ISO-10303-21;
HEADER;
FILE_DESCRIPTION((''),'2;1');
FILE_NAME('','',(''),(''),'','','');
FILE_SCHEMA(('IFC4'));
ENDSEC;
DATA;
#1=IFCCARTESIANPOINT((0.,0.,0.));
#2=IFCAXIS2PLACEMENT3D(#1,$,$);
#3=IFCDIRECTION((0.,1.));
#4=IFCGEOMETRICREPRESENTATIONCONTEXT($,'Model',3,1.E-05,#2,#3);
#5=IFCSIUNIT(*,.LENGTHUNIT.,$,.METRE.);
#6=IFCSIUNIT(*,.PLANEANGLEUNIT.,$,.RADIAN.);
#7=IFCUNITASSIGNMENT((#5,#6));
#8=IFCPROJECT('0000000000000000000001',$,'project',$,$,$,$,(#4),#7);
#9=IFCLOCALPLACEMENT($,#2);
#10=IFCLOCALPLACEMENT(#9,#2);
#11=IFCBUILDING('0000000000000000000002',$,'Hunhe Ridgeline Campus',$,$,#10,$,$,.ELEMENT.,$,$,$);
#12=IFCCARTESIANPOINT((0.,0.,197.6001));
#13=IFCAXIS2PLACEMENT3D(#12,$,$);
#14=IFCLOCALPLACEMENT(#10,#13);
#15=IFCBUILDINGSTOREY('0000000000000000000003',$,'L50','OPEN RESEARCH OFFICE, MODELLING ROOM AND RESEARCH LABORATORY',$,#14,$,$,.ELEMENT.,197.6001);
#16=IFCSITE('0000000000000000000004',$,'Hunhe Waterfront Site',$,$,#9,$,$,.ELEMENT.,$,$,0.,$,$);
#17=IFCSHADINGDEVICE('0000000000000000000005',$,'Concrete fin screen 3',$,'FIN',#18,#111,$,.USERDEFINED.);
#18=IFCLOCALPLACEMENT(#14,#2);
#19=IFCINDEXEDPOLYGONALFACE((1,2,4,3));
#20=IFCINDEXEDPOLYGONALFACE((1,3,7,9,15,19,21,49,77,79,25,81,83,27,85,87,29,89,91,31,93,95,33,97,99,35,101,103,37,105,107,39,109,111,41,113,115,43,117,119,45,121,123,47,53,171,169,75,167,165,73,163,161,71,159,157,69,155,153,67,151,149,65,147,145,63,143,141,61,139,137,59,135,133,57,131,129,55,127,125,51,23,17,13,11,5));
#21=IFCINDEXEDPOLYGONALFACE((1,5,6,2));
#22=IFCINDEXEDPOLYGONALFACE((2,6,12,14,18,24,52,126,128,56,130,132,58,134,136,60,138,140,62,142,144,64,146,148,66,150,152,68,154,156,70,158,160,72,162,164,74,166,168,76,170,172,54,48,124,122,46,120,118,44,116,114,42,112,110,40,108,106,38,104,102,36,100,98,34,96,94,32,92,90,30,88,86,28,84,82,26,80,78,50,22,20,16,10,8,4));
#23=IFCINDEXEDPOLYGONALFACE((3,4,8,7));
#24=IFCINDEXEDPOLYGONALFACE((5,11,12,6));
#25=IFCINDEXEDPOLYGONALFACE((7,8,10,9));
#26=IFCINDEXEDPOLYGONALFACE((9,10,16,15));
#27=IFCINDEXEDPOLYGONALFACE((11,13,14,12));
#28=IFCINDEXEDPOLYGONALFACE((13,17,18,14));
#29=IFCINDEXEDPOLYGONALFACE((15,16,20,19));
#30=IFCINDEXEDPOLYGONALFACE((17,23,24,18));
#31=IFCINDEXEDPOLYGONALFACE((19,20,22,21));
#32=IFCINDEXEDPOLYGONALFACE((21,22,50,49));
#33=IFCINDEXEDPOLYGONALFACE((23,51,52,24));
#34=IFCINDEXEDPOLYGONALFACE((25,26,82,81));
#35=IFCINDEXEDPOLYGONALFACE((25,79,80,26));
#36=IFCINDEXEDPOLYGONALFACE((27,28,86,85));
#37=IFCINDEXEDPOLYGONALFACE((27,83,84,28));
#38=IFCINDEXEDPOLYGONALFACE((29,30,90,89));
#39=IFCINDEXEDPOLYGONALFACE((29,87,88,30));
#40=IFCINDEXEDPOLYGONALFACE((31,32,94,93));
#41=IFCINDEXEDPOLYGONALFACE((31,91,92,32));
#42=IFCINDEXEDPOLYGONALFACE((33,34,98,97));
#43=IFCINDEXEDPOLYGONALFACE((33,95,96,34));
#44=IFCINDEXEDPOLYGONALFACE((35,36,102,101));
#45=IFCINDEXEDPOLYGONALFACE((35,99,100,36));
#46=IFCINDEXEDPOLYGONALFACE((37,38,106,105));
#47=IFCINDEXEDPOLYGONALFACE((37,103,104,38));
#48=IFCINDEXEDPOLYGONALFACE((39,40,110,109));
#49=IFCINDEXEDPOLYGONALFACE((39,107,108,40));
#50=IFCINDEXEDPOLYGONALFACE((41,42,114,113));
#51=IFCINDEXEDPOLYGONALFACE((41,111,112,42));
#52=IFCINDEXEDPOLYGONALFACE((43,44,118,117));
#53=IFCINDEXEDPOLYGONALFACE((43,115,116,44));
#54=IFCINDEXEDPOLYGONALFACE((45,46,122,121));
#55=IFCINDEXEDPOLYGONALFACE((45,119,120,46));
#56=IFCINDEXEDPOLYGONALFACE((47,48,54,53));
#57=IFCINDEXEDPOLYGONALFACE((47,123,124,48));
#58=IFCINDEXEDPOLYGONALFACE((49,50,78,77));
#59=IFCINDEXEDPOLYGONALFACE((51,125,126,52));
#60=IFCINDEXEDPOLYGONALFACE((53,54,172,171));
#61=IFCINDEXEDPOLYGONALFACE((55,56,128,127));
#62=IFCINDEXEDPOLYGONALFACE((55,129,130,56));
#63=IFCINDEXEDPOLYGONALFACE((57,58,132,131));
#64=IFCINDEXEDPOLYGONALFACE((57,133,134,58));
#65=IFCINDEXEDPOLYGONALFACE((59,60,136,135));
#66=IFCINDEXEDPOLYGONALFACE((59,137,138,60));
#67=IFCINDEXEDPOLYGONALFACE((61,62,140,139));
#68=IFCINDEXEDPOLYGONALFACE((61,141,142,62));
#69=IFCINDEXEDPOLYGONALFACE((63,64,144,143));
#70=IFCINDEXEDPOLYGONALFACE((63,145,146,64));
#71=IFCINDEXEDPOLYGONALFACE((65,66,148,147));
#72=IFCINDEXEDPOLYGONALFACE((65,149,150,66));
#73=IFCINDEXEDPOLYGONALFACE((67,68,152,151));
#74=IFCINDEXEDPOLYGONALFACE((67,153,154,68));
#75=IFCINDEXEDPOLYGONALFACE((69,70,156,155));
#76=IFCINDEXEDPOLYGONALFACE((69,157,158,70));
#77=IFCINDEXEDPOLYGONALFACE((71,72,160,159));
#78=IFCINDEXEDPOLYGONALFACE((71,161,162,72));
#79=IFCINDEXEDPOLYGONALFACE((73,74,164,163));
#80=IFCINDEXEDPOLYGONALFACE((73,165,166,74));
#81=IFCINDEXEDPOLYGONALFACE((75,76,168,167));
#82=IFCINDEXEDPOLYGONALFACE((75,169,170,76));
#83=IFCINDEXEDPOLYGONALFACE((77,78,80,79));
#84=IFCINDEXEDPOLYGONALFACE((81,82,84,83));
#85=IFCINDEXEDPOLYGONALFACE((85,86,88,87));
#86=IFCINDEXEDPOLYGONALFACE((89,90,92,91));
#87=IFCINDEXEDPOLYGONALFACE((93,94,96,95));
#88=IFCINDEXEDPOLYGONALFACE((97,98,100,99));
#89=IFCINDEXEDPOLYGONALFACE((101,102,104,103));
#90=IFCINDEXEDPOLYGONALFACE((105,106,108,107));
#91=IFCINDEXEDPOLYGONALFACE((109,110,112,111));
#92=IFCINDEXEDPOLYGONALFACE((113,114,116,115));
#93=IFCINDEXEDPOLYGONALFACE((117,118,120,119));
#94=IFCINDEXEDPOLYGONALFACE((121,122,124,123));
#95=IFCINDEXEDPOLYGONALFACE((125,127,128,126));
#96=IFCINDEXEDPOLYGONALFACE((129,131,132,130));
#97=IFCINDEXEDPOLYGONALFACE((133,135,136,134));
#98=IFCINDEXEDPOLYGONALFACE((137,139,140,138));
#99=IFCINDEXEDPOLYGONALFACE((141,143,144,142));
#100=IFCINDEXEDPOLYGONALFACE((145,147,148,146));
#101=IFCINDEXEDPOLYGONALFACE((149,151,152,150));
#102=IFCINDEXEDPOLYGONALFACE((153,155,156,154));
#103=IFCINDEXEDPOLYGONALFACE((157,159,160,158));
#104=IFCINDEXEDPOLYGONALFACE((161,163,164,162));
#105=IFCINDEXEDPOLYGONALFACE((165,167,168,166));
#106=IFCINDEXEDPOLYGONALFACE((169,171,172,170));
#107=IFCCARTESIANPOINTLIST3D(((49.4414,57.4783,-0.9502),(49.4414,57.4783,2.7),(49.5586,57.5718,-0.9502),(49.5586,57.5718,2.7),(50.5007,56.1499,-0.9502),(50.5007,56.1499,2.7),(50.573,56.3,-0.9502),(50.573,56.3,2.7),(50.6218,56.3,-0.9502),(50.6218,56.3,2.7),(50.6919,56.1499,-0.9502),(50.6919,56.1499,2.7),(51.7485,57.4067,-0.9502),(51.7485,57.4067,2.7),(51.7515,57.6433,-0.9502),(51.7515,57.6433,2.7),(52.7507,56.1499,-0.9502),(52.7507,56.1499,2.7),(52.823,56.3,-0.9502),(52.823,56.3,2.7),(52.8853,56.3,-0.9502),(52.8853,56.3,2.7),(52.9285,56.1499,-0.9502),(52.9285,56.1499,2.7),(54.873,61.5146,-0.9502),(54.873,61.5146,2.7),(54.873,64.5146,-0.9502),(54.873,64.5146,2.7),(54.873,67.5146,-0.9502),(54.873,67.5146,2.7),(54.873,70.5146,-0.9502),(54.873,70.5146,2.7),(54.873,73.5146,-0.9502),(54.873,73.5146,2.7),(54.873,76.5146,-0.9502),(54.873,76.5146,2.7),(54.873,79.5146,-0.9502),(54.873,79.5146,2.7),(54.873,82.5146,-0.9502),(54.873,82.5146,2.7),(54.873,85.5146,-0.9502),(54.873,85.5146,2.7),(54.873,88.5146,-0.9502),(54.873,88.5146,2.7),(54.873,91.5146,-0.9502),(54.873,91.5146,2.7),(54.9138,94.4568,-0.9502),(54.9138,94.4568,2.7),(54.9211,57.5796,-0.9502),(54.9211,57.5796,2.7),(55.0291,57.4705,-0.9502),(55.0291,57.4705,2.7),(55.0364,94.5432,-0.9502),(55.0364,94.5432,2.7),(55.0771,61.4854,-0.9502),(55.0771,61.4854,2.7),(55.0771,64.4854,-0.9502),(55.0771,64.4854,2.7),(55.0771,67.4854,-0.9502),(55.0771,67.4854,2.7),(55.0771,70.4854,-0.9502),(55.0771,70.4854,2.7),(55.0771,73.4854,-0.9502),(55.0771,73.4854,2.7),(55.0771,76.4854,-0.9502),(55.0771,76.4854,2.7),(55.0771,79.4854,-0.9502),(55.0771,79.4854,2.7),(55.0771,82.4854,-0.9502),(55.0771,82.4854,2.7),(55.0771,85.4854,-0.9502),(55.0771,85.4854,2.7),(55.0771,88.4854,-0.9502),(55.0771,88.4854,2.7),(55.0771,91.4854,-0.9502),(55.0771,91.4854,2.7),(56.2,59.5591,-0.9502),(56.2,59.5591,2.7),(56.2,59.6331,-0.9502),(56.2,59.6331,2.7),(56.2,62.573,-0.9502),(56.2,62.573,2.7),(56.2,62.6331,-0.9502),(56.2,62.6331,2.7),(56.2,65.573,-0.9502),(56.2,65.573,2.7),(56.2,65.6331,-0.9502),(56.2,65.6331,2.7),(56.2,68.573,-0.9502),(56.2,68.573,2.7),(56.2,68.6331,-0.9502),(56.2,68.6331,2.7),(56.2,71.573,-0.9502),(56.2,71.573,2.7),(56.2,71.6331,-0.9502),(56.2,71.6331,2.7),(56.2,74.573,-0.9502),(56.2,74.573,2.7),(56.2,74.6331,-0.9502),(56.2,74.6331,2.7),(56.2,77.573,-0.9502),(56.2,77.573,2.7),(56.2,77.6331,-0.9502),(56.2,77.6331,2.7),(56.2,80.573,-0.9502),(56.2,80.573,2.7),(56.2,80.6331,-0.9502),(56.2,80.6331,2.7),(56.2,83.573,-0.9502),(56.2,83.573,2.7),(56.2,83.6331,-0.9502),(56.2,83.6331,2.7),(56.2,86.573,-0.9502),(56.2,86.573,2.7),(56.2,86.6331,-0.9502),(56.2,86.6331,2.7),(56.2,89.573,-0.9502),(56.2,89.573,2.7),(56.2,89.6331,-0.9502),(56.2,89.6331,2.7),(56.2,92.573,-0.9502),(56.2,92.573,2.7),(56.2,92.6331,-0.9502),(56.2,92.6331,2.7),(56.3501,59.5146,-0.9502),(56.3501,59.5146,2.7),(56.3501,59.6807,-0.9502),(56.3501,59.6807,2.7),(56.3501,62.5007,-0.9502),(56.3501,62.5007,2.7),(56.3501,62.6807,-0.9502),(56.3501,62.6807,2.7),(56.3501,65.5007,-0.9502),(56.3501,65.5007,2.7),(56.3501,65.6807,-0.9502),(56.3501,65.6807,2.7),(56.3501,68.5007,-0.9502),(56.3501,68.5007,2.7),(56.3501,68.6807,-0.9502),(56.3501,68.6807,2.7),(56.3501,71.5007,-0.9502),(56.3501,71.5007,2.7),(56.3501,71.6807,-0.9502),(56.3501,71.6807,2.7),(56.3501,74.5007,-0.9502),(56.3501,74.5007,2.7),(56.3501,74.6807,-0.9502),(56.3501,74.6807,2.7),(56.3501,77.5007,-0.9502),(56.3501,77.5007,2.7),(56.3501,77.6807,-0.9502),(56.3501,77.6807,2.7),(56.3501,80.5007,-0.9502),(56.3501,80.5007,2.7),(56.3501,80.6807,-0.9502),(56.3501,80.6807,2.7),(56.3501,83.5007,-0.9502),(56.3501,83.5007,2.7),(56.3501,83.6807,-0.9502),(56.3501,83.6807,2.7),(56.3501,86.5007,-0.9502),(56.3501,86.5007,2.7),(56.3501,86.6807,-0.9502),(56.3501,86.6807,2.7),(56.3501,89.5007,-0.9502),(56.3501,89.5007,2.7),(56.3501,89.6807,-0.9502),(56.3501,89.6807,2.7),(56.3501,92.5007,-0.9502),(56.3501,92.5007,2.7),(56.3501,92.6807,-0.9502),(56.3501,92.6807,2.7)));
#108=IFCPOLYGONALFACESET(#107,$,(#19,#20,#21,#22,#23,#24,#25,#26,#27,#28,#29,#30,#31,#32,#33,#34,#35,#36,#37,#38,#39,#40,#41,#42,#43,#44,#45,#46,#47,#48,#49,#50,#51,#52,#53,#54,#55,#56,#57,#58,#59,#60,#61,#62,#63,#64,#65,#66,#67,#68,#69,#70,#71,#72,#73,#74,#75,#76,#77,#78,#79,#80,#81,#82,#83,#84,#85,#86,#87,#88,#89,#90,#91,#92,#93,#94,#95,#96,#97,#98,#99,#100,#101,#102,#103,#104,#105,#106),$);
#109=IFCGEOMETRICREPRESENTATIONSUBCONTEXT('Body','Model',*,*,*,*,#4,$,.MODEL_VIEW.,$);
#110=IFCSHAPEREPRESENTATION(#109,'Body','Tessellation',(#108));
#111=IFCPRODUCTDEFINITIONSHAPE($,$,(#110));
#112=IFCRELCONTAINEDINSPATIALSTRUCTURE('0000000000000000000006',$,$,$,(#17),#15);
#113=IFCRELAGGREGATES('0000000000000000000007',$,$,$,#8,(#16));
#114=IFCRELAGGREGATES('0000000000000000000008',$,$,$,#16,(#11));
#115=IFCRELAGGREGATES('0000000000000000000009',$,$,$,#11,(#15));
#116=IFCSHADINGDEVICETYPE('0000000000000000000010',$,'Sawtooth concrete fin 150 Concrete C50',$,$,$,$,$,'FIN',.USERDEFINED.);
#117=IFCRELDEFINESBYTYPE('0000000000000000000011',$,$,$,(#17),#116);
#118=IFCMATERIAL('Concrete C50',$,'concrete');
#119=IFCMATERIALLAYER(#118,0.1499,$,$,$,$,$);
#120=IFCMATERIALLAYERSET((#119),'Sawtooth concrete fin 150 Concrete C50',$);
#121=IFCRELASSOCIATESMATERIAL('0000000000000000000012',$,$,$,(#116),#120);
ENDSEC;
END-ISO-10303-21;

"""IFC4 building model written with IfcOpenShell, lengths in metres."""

from ifc_helpers import new_model, si_unit, direction, frame, origin, place, context, subcontext, project, spatial, polyline, outline, extrude, material, layer, layer_set, type_object, element, save


model = new_model("IFC4")

# Units and contexts
model_context = context("Model", 3, precision=1e-05, world=origin(), true_north=direction((0.0, 1.0)))
body_context = subcontext(model_context, "Body", "Model", "MODEL_VIEW")
ifc_project = project(units=[si_unit("LENGTHUNIT", "METRE"), si_unit("PLANEANGLEUNIT", "RADIAN")], contexts=[model_context])

# Site, building, storey
site_placement = place(None, origin())
site = spatial("IfcSite", under=ifc_project, at=site_placement, Name="Hunhe Waterfront Site", CompositionType="ELEMENT", RefElevation=0.0)
building_placement = place(site_placement, origin())
building = spatial("IfcBuilding", under=site, at=building_placement, Name="Hunhe Ridgeline Campus", CompositionType="ELEMENT")
storey_placement = place(building_placement, frame((0.0, 0.0, 197.6001)))
storey = spatial("IfcBuildingStorey", under=building, at=storey_placement, Name="L50", Description="OPEN RESEARCH OFFICE, MODELLING ROOM AND RESEARCH LABORATORY", CompositionType="ELEMENT", Elevation=197.6001)

# Shading device
ifc_material_1 = material(Name="Concrete C50", Category="concrete")
ifc_layer_1 = layer(ifc_material_1, 0.1499)
ifc_layer_set_1 = layer_set([ifc_layer_1], Name="Sawtooth concrete fin 150 Concrete C50")
shading_device_type = type_object("IfcShadingDeviceType", Name="Sawtooth concrete fin 150 Concrete C50", ElementType="FIN", PredefinedType="USERDEFINED", material=ifc_layer_set_1)
shading_device_1_placement = place(storey_placement, frame((0.0, 0.0, -0.9502)))
element("IfcShadingDevice", 1, at=shading_device_1_placement, inside=storey, type_object=shading_device_type, Name="Concrete fin screen 3", ObjectType="FIN", PredefinedType="USERDEFINED", context=body_context, shape_type="SweptSolid", body=[
    extrude(outline(polyline([(49.5586, 57.5718), (49.4414, 57.4783), (50.5007, 56.1499), (50.6919, 56.1499), (51.7485, 57.4067), (52.7507, 56.1499), (52.9285, 56.1499), (55.0291, 57.4705), (56.3501, 59.5146), (56.3501, 59.6807), (55.0771, 61.4854), (56.3501, 62.5007), (56.3501, 62.6807), (55.0771, 64.4854), (56.3501, 65.5007), (56.3501, 65.6807), (55.0771, 67.4854), (56.3501, 68.5007), (56.3501, 68.6807), (55.0771, 70.4854), (56.3501, 71.5007), (56.3501, 71.6807), (55.0771, 73.4854), (56.3501, 74.5007), (56.3501, 74.6807), (55.0771, 76.4854), (56.3501, 77.5007), (56.3501, 77.6807), (55.0771, 79.4854), (56.3501, 80.5007), (56.3501, 80.6807), (55.0771, 82.4854), (56.3501, 83.5007), (56.3501, 83.6807), (55.0771, 85.4854), (56.3501, 86.5007), (56.3501, 86.6807), (55.0771, 88.4854), (56.3501, 89.5007), (56.3501, 89.6807), (55.0771, 91.4854), (56.3501, 92.5007), (56.3501, 92.6807), (55.0364, 94.5432), (54.9138, 94.4568), (56.2, 92.6331), (56.2, 92.573), (54.873, 91.5146), (56.2, 89.6331), (56.2, 89.573), (54.873, 88.5146), (56.2, 86.6331), (56.2, 86.573), (54.873, 85.5146), (56.2, 83.6331), (56.2, 83.573), (54.873, 82.5146), (56.2, 80.6331), (56.2, 80.573), (54.873, 79.5146), (56.2, 77.6331), (56.2, 77.573), (54.873, 76.5146), (56.2, 74.6331), (56.2, 74.573), (54.873, 73.5146), (56.2, 71.6331), (56.2, 71.573), (54.873, 70.5146), (56.2, 68.6331), (56.2, 68.573), (54.873, 67.5146), (56.2, 65.6331), (56.2, 65.573), (54.873, 64.5146), (56.2, 62.6331), (56.2, 62.573), (54.873, 61.5146), (56.2, 59.6331), (56.2, 59.5591), (54.9211, 57.5796), (52.8853, 56.3), (52.823, 56.3), (51.7515, 57.6433), (50.6218, 56.3), (50.573, 56.3), (49.5586, 57.5718)])), origin(), (0.0, 0.0, 1.0), 3.6501),
])

save(model, "model.ifc")
